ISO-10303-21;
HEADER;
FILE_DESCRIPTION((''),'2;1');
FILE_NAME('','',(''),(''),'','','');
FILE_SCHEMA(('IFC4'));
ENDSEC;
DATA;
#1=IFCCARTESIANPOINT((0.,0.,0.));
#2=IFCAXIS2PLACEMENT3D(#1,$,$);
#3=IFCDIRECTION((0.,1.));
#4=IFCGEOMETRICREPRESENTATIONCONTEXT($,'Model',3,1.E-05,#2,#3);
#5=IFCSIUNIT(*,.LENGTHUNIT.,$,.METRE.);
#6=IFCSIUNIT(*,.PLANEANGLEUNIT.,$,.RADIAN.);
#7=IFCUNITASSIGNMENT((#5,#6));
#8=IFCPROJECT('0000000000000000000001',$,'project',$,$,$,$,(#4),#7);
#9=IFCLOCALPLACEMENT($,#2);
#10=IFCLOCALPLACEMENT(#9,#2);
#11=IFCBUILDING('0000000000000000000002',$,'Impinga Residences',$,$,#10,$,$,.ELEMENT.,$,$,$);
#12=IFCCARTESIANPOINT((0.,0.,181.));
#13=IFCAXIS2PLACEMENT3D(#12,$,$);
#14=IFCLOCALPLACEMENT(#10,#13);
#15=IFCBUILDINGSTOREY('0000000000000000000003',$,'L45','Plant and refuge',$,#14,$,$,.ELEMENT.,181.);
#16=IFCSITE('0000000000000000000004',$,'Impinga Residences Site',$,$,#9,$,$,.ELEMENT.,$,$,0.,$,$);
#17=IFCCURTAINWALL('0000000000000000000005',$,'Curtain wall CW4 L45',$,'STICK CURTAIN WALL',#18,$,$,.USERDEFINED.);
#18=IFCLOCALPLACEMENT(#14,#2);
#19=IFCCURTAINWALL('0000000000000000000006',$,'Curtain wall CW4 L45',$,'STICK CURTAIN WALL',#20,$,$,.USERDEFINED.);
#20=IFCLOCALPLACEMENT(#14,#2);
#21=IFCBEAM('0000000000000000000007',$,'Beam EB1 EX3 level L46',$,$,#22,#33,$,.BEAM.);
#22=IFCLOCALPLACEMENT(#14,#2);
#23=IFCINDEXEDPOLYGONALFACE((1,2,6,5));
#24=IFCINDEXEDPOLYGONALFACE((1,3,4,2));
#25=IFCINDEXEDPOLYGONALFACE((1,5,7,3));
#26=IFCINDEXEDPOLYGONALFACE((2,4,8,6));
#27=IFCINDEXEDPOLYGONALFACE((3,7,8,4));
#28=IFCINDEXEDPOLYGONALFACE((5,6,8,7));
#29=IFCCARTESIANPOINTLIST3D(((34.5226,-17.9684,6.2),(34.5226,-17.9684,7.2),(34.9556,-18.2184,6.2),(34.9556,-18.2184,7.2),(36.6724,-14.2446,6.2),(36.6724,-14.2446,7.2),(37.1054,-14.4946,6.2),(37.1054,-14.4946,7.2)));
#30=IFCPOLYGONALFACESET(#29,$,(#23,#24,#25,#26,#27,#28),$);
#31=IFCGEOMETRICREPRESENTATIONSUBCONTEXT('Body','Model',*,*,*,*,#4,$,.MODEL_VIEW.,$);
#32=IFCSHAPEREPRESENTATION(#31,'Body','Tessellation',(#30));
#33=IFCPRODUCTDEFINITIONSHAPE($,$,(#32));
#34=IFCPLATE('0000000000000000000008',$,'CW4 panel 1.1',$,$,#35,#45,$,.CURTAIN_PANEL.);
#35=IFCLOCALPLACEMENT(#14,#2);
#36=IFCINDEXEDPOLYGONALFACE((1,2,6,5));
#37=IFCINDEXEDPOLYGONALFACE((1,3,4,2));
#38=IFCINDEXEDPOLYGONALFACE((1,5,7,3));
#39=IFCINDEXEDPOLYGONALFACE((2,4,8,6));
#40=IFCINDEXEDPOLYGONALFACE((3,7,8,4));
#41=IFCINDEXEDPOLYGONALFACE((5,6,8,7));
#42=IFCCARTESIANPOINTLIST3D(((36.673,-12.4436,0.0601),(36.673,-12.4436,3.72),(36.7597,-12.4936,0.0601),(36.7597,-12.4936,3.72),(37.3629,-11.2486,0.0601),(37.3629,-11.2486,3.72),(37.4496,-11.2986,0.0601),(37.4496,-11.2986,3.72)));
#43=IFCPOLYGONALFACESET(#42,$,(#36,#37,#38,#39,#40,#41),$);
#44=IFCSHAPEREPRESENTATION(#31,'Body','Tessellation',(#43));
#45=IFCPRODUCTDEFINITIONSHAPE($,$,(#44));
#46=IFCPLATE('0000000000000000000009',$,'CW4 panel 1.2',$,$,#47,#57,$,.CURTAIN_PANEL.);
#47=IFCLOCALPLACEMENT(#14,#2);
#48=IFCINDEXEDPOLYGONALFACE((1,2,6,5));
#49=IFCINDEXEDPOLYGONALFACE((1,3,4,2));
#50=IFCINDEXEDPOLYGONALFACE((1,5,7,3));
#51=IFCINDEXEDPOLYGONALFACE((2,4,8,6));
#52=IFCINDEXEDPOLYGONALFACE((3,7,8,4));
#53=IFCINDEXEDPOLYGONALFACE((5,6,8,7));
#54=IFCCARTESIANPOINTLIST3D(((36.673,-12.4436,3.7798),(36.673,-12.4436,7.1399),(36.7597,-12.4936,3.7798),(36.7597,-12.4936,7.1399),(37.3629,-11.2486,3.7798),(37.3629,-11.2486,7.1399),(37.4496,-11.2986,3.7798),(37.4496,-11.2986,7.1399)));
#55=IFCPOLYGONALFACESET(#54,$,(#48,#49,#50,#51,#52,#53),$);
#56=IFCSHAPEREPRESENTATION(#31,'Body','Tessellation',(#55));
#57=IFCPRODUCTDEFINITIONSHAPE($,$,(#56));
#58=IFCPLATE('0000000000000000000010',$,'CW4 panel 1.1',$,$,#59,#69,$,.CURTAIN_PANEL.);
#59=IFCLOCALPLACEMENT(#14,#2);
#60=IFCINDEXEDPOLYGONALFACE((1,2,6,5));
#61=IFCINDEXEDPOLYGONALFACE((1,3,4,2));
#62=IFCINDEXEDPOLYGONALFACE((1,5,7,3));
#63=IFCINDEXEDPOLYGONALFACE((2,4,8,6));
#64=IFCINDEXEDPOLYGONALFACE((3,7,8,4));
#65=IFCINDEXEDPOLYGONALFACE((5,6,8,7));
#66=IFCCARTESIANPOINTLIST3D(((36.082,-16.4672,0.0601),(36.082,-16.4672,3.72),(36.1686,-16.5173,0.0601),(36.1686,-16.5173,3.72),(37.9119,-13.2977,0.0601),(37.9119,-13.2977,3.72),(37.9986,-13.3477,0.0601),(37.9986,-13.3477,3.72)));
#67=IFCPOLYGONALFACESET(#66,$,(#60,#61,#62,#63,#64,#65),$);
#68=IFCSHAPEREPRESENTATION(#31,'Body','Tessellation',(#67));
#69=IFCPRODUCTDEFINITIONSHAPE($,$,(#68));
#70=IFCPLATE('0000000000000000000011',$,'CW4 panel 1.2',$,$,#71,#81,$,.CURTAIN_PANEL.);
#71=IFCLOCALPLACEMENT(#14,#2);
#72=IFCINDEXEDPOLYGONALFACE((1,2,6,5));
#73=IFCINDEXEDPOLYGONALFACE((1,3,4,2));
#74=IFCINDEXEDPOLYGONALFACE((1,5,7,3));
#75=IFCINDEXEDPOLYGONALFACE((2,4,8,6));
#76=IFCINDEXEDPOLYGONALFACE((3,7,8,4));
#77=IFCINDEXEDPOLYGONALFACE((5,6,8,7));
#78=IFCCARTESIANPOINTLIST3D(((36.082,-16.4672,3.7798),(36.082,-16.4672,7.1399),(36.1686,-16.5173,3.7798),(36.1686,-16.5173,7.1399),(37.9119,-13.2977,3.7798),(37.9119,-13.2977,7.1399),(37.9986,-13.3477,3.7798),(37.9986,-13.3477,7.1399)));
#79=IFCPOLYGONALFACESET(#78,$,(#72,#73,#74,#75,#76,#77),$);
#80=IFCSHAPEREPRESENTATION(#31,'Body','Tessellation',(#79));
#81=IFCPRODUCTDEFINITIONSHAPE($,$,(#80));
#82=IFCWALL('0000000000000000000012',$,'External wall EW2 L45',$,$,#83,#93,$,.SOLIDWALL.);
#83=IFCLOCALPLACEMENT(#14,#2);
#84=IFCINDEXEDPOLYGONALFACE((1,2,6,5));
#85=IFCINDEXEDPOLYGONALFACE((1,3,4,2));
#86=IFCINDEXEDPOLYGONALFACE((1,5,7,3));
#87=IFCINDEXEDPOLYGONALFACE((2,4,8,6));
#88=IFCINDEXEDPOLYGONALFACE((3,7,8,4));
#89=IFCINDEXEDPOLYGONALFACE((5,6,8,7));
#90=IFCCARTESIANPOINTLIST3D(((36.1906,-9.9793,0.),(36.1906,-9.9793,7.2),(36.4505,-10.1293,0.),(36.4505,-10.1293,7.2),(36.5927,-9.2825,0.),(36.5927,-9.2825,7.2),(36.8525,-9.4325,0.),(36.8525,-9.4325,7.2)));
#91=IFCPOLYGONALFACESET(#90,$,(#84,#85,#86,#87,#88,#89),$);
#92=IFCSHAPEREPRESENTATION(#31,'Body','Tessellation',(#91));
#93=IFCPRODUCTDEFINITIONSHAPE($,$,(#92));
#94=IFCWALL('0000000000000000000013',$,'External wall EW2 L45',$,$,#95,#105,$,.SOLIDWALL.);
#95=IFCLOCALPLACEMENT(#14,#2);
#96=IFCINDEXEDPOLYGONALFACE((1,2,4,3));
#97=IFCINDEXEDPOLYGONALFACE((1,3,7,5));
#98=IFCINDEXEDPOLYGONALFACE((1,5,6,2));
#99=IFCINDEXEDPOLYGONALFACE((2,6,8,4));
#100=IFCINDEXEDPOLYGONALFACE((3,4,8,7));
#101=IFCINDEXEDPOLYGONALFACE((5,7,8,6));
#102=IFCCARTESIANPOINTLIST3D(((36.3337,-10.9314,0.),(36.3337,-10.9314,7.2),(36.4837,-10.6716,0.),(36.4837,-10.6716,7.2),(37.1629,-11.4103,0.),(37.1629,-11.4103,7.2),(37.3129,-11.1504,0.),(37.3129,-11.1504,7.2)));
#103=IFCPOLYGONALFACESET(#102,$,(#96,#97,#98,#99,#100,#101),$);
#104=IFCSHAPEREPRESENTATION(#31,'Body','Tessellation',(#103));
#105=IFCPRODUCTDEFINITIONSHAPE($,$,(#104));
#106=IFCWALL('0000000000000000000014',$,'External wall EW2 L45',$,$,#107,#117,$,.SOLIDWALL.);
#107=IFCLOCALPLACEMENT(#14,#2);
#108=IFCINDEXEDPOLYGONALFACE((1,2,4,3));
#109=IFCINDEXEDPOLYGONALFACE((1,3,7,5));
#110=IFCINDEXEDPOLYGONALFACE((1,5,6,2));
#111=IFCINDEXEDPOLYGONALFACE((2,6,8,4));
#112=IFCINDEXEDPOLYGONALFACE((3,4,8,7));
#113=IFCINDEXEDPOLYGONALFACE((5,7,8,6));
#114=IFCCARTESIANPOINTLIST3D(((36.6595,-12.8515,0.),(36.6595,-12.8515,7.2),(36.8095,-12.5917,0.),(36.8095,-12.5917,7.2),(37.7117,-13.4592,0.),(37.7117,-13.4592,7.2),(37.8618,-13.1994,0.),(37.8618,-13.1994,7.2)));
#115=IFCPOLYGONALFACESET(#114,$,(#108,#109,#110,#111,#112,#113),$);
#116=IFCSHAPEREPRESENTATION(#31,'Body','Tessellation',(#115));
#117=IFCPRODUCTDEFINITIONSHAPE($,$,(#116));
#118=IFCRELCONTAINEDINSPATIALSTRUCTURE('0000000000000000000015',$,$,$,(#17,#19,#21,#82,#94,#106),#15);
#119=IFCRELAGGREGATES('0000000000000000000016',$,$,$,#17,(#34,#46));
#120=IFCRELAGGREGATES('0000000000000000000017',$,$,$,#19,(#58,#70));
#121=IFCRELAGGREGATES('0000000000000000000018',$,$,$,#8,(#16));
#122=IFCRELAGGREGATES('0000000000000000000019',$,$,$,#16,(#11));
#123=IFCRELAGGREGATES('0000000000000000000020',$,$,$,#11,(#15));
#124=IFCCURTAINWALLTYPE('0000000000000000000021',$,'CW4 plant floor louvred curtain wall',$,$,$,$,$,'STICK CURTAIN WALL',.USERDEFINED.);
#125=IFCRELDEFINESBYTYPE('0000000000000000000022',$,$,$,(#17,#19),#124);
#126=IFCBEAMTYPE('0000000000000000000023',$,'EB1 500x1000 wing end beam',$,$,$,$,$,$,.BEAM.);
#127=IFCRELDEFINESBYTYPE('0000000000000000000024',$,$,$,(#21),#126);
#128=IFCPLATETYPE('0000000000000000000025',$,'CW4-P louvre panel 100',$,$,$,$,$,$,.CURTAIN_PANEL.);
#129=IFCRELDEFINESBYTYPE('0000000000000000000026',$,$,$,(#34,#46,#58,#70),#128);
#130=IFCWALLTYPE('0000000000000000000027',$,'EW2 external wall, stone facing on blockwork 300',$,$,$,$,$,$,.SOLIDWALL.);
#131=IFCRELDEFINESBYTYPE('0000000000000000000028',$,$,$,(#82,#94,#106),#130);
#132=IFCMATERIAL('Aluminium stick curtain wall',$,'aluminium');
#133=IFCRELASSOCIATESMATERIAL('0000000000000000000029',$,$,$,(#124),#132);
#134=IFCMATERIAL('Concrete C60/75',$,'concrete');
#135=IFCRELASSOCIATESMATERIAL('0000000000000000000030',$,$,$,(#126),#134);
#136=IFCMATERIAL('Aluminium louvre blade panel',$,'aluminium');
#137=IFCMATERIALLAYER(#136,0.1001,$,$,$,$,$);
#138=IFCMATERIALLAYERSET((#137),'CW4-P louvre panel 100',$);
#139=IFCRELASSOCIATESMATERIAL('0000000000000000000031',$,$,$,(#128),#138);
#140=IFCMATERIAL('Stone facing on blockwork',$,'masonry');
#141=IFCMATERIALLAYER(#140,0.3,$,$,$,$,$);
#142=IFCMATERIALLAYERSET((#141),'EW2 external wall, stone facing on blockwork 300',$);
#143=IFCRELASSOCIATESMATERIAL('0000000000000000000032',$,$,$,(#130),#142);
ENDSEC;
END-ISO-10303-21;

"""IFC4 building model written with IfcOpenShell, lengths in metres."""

from ifc_helpers import new_model, si_unit, direction, frame, frame_2d, origin, origin_2d, place, context, subcontext, project, spatial, rectangle, extrude, material, layer, layer_set, material_profile, profile_set, type_object, element, aggregate, save


model = new_model("IFC4")

# Units and contexts
model_context = context("Model", 3, precision=1e-05, world=origin(), true_north=direction((0.0, 1.0)))
body_context = subcontext(model_context, "Body", "Model", "MODEL_VIEW")
ifc_project = project(units=[si_unit("LENGTHUNIT", "METRE"), si_unit("PLANEANGLEUNIT", "RADIAN")], contexts=[model_context])

# Site, building, storey
site_placement = place(None, origin())
site = spatial("IfcSite", under=ifc_project, at=site_placement, Name="Impinga Residences Site", CompositionType="ELEMENT", RefElevation=0.0)
building_placement = place(site_placement, origin())
building = spatial("IfcBuilding", under=site, at=building_placement, Name="Impinga Residences", CompositionType="ELEMENT")
storey_placement = place(building_placement, frame((0.0, 0.0, 181.0)))
storey = spatial("IfcBuildingStorey", under=building, at=storey_placement, Name="L45", Description="Plant and refuge", CompositionType="ELEMENT", Elevation=181.0)

# Shared definitions
ifc_material_1 = material(Name="Concrete C60/75", Category="concrete")

# Curtain walls
ifc_material_2 = material(Name="Aluminium stick curtain wall", Category="aluminium")
curtain_wall_type = type_object("IfcCurtainWallType", Name="CW4 plant floor louvred curtain wall", ElementType="STICK CURTAIN WALL", PredefinedType="USERDEFINED", material=ifc_material_2)
curtain_wall_1_placement = place(storey_placement, origin())
curtain_wall_1 = element("IfcCurtainWall", 1, at=curtain_wall_1_placement, inside=storey, type_object=curtain_wall_type, Name="Curtain wall CW4 L45", ObjectType="STICK CURTAIN WALL", PredefinedType="USERDEFINED")
curtain_wall_2_placement = place(storey_placement, origin())
curtain_wall_2 = element("IfcCurtainWall", 2, at=curtain_wall_2_placement, inside=storey, type_object=curtain_wall_type, Name="Curtain wall CW4 L45", ObjectType="STICK CURTAIN WALL", PredefinedType="USERDEFINED")

# Beam
ifc_material_profile_1 = material_profile(ifc_material_1, rectangle(XDim=0.5, YDim=1.0, at=origin_2d()), Name="RC 500x1000")
ifc_profile_set_1 = profile_set([ifc_material_profile_1], Name="Concrete C60/75")
beam_type_1 = type_object("IfcBeamType", Name="EB1 500x1000 wing end beam", PredefinedType="BEAM", material=ifc_profile_set_1)
beam_1_placement = place(storey_placement, frame((36.8889, -14.3696, 6.7), z_axis=(-0.499986, -0.866033, 0.0), x_axis=(0.866033, -0.499986, 0.0)))
element("IfcBeam", 3, at=beam_1_placement, inside=storey, type_object=beam_type_1, Name="Beam EB1 EX3 level L46", PredefinedType="BEAM", context=body_context, shape_type="SweptSolid", body=[
    extrude(rectangle(XDim=0.5, YDim=1.0, at=origin_2d()), origin(), (0.0, 0.0, 1.0), 4.2998),
])

# Plates
ifc_material_3 = material(Name="Aluminium louvre blade panel", Category="aluminium")
ifc_layer_1 = layer(ifc_material_3, 0.1001)
ifc_layer_set_1 = layer_set([ifc_layer_1], Name="CW4-P louvre panel 100")
plate_type = type_object("IfcPlateType", Name="CW4-P louvre panel 100", PredefinedType="CURTAIN_PANEL", material=ifc_layer_set_1)
plate_1_placement = place(storey_placement, frame((37.0613, -11.8711, 0.0601), z_axis=(0.0, 0.0, 1.0), x_axis=(-0.5, -0.866025, 0.0)))
plate_1 = element("IfcPlate", 4, at=plate_1_placement, type_object=plate_type, Name="CW4 panel 1.1", PredefinedType="CURTAIN_PANEL", context=body_context, shape_type="SweptSolid", body=[
    extrude(rectangle(XDim=1.3799, YDim=0.1001, at=origin_2d()), origin(), (0.0, 0.0, 1.0), 3.6599),
])
plate_2_placement = place(storey_placement, frame((37.0613, -11.8711, 3.7798), z_axis=(0.0, 0.0, 1.0), x_axis=(-0.5, -0.866025, 0.0)))
plate_2 = element("IfcPlate", 5, at=plate_2_placement, type_object=plate_type, Name="CW4 panel 1.2", PredefinedType="CURTAIN_PANEL", context=body_context, shape_type="SweptSolid", body=[
    extrude(rectangle(XDim=1.3799, YDim=0.1001, at=origin_2d()), origin(), (0.0, 0.0, 1.0), 3.3601),
])
aggregate(curtain_wall_1, [plate_1, plate_2])
plate_3_placement = place(storey_placement, frame((37.0403, -14.9075, 0.0601), z_axis=(0.0, 0.0, 1.0), x_axis=(-0.5, -0.866025, 0.0)))
plate_3 = element("IfcPlate", 6, at=plate_3_placement, type_object=plate_type, Name="CW4 panel 1.1", PredefinedType="CURTAIN_PANEL", context=body_context, shape_type="SweptSolid", body=[
    extrude(rectangle(XDim=3.6599, YDim=0.1001, at=origin_2d()), origin(), (0.0, 0.0, 1.0), 3.6599),
])
plate_4_placement = place(storey_placement, frame((37.0403, -14.9075, 3.7798), z_axis=(0.0, 0.0, 1.0), x_axis=(-0.5, -0.866025, 0.0)))
plate_4 = element("IfcPlate", 7, at=plate_4_placement, type_object=plate_type, Name="CW4 panel 1.2", PredefinedType="CURTAIN_PANEL", context=body_context, shape_type="SweptSolid", body=[
    extrude(rectangle(XDim=3.6599, YDim=0.1001, at=origin_2d()), origin(), (0.0, 0.0, 1.0), 3.3601),
])
aggregate(curtain_wall_2, [plate_3, plate_4])

# Walls
ifc_material_4 = material(Name="Stone facing on blockwork", Category="masonry")
ifc_layer_2 = layer(ifc_material_4, 0.3)
ifc_layer_set_2 = layer_set([ifc_layer_2], Name="EW2 external wall, stone facing on blockwork 300")
wall_type = type_object("IfcWallType", Name="EW2 external wall, stone facing on blockwork 300", PredefinedType="SOLIDWALL", material=ifc_layer_set_2)
wall_1_placement = place(storey_placement, frame((36.7227, -9.3574, 0.0), z_axis=(0.0, 0.0, 1.0), x_axis=(-0.499828, -0.866125, 0.0)))
element("IfcWall", 8, at=wall_1_placement, inside=storey, type_object=wall_type, Name="External wall EW2 L45", PredefinedType="SOLIDWALL", context=body_context, shape_type="SweptSolid", body=[
    extrude(rectangle(XDim=0.8044, YDim=0.3, at=frame_2d((0.4023, 0.0))), origin(), (0.0, 0.0, 1.0), 7.2),
])
wall_2_placement = place(storey_placement, frame((36.4087, -10.8015, 0.0), z_axis=(0.0, 0.0, 1.0), x_axis=(0.86599, -0.500061, 0.0)))
element("IfcWall", 9, at=wall_2_placement, inside=storey, type_object=wall_type, Name="External wall EW2 L45", PredefinedType="SOLIDWALL", context=body_context, shape_type="SweptSolid", body=[
    extrude(rectangle(XDim=0.9575, YDim=0.3, at=frame_2d((0.4788, 0.0))), origin(), (0.0, 0.0, 1.0), 7.2),
])
wall_3_placement = place(storey_placement, frame((36.7346, -12.7217, 0.0), z_axis=(0.0, 0.0, 1.0), x_axis=(0.865971, -0.500093, 0.0)))
element("IfcWall", 10, at=wall_3_placement, inside=storey, type_object=wall_type, Name="External wall EW2 L45", PredefinedType="SOLIDWALL", context=body_context, shape_type="SweptSolid", body=[
    extrude(rectangle(XDim=1.2151, YDim=0.3, at=frame_2d((0.6074, 0.0))), origin(), (0.0, 0.0, 1.0), 7.2),
])

save(model, "model.ifc")
